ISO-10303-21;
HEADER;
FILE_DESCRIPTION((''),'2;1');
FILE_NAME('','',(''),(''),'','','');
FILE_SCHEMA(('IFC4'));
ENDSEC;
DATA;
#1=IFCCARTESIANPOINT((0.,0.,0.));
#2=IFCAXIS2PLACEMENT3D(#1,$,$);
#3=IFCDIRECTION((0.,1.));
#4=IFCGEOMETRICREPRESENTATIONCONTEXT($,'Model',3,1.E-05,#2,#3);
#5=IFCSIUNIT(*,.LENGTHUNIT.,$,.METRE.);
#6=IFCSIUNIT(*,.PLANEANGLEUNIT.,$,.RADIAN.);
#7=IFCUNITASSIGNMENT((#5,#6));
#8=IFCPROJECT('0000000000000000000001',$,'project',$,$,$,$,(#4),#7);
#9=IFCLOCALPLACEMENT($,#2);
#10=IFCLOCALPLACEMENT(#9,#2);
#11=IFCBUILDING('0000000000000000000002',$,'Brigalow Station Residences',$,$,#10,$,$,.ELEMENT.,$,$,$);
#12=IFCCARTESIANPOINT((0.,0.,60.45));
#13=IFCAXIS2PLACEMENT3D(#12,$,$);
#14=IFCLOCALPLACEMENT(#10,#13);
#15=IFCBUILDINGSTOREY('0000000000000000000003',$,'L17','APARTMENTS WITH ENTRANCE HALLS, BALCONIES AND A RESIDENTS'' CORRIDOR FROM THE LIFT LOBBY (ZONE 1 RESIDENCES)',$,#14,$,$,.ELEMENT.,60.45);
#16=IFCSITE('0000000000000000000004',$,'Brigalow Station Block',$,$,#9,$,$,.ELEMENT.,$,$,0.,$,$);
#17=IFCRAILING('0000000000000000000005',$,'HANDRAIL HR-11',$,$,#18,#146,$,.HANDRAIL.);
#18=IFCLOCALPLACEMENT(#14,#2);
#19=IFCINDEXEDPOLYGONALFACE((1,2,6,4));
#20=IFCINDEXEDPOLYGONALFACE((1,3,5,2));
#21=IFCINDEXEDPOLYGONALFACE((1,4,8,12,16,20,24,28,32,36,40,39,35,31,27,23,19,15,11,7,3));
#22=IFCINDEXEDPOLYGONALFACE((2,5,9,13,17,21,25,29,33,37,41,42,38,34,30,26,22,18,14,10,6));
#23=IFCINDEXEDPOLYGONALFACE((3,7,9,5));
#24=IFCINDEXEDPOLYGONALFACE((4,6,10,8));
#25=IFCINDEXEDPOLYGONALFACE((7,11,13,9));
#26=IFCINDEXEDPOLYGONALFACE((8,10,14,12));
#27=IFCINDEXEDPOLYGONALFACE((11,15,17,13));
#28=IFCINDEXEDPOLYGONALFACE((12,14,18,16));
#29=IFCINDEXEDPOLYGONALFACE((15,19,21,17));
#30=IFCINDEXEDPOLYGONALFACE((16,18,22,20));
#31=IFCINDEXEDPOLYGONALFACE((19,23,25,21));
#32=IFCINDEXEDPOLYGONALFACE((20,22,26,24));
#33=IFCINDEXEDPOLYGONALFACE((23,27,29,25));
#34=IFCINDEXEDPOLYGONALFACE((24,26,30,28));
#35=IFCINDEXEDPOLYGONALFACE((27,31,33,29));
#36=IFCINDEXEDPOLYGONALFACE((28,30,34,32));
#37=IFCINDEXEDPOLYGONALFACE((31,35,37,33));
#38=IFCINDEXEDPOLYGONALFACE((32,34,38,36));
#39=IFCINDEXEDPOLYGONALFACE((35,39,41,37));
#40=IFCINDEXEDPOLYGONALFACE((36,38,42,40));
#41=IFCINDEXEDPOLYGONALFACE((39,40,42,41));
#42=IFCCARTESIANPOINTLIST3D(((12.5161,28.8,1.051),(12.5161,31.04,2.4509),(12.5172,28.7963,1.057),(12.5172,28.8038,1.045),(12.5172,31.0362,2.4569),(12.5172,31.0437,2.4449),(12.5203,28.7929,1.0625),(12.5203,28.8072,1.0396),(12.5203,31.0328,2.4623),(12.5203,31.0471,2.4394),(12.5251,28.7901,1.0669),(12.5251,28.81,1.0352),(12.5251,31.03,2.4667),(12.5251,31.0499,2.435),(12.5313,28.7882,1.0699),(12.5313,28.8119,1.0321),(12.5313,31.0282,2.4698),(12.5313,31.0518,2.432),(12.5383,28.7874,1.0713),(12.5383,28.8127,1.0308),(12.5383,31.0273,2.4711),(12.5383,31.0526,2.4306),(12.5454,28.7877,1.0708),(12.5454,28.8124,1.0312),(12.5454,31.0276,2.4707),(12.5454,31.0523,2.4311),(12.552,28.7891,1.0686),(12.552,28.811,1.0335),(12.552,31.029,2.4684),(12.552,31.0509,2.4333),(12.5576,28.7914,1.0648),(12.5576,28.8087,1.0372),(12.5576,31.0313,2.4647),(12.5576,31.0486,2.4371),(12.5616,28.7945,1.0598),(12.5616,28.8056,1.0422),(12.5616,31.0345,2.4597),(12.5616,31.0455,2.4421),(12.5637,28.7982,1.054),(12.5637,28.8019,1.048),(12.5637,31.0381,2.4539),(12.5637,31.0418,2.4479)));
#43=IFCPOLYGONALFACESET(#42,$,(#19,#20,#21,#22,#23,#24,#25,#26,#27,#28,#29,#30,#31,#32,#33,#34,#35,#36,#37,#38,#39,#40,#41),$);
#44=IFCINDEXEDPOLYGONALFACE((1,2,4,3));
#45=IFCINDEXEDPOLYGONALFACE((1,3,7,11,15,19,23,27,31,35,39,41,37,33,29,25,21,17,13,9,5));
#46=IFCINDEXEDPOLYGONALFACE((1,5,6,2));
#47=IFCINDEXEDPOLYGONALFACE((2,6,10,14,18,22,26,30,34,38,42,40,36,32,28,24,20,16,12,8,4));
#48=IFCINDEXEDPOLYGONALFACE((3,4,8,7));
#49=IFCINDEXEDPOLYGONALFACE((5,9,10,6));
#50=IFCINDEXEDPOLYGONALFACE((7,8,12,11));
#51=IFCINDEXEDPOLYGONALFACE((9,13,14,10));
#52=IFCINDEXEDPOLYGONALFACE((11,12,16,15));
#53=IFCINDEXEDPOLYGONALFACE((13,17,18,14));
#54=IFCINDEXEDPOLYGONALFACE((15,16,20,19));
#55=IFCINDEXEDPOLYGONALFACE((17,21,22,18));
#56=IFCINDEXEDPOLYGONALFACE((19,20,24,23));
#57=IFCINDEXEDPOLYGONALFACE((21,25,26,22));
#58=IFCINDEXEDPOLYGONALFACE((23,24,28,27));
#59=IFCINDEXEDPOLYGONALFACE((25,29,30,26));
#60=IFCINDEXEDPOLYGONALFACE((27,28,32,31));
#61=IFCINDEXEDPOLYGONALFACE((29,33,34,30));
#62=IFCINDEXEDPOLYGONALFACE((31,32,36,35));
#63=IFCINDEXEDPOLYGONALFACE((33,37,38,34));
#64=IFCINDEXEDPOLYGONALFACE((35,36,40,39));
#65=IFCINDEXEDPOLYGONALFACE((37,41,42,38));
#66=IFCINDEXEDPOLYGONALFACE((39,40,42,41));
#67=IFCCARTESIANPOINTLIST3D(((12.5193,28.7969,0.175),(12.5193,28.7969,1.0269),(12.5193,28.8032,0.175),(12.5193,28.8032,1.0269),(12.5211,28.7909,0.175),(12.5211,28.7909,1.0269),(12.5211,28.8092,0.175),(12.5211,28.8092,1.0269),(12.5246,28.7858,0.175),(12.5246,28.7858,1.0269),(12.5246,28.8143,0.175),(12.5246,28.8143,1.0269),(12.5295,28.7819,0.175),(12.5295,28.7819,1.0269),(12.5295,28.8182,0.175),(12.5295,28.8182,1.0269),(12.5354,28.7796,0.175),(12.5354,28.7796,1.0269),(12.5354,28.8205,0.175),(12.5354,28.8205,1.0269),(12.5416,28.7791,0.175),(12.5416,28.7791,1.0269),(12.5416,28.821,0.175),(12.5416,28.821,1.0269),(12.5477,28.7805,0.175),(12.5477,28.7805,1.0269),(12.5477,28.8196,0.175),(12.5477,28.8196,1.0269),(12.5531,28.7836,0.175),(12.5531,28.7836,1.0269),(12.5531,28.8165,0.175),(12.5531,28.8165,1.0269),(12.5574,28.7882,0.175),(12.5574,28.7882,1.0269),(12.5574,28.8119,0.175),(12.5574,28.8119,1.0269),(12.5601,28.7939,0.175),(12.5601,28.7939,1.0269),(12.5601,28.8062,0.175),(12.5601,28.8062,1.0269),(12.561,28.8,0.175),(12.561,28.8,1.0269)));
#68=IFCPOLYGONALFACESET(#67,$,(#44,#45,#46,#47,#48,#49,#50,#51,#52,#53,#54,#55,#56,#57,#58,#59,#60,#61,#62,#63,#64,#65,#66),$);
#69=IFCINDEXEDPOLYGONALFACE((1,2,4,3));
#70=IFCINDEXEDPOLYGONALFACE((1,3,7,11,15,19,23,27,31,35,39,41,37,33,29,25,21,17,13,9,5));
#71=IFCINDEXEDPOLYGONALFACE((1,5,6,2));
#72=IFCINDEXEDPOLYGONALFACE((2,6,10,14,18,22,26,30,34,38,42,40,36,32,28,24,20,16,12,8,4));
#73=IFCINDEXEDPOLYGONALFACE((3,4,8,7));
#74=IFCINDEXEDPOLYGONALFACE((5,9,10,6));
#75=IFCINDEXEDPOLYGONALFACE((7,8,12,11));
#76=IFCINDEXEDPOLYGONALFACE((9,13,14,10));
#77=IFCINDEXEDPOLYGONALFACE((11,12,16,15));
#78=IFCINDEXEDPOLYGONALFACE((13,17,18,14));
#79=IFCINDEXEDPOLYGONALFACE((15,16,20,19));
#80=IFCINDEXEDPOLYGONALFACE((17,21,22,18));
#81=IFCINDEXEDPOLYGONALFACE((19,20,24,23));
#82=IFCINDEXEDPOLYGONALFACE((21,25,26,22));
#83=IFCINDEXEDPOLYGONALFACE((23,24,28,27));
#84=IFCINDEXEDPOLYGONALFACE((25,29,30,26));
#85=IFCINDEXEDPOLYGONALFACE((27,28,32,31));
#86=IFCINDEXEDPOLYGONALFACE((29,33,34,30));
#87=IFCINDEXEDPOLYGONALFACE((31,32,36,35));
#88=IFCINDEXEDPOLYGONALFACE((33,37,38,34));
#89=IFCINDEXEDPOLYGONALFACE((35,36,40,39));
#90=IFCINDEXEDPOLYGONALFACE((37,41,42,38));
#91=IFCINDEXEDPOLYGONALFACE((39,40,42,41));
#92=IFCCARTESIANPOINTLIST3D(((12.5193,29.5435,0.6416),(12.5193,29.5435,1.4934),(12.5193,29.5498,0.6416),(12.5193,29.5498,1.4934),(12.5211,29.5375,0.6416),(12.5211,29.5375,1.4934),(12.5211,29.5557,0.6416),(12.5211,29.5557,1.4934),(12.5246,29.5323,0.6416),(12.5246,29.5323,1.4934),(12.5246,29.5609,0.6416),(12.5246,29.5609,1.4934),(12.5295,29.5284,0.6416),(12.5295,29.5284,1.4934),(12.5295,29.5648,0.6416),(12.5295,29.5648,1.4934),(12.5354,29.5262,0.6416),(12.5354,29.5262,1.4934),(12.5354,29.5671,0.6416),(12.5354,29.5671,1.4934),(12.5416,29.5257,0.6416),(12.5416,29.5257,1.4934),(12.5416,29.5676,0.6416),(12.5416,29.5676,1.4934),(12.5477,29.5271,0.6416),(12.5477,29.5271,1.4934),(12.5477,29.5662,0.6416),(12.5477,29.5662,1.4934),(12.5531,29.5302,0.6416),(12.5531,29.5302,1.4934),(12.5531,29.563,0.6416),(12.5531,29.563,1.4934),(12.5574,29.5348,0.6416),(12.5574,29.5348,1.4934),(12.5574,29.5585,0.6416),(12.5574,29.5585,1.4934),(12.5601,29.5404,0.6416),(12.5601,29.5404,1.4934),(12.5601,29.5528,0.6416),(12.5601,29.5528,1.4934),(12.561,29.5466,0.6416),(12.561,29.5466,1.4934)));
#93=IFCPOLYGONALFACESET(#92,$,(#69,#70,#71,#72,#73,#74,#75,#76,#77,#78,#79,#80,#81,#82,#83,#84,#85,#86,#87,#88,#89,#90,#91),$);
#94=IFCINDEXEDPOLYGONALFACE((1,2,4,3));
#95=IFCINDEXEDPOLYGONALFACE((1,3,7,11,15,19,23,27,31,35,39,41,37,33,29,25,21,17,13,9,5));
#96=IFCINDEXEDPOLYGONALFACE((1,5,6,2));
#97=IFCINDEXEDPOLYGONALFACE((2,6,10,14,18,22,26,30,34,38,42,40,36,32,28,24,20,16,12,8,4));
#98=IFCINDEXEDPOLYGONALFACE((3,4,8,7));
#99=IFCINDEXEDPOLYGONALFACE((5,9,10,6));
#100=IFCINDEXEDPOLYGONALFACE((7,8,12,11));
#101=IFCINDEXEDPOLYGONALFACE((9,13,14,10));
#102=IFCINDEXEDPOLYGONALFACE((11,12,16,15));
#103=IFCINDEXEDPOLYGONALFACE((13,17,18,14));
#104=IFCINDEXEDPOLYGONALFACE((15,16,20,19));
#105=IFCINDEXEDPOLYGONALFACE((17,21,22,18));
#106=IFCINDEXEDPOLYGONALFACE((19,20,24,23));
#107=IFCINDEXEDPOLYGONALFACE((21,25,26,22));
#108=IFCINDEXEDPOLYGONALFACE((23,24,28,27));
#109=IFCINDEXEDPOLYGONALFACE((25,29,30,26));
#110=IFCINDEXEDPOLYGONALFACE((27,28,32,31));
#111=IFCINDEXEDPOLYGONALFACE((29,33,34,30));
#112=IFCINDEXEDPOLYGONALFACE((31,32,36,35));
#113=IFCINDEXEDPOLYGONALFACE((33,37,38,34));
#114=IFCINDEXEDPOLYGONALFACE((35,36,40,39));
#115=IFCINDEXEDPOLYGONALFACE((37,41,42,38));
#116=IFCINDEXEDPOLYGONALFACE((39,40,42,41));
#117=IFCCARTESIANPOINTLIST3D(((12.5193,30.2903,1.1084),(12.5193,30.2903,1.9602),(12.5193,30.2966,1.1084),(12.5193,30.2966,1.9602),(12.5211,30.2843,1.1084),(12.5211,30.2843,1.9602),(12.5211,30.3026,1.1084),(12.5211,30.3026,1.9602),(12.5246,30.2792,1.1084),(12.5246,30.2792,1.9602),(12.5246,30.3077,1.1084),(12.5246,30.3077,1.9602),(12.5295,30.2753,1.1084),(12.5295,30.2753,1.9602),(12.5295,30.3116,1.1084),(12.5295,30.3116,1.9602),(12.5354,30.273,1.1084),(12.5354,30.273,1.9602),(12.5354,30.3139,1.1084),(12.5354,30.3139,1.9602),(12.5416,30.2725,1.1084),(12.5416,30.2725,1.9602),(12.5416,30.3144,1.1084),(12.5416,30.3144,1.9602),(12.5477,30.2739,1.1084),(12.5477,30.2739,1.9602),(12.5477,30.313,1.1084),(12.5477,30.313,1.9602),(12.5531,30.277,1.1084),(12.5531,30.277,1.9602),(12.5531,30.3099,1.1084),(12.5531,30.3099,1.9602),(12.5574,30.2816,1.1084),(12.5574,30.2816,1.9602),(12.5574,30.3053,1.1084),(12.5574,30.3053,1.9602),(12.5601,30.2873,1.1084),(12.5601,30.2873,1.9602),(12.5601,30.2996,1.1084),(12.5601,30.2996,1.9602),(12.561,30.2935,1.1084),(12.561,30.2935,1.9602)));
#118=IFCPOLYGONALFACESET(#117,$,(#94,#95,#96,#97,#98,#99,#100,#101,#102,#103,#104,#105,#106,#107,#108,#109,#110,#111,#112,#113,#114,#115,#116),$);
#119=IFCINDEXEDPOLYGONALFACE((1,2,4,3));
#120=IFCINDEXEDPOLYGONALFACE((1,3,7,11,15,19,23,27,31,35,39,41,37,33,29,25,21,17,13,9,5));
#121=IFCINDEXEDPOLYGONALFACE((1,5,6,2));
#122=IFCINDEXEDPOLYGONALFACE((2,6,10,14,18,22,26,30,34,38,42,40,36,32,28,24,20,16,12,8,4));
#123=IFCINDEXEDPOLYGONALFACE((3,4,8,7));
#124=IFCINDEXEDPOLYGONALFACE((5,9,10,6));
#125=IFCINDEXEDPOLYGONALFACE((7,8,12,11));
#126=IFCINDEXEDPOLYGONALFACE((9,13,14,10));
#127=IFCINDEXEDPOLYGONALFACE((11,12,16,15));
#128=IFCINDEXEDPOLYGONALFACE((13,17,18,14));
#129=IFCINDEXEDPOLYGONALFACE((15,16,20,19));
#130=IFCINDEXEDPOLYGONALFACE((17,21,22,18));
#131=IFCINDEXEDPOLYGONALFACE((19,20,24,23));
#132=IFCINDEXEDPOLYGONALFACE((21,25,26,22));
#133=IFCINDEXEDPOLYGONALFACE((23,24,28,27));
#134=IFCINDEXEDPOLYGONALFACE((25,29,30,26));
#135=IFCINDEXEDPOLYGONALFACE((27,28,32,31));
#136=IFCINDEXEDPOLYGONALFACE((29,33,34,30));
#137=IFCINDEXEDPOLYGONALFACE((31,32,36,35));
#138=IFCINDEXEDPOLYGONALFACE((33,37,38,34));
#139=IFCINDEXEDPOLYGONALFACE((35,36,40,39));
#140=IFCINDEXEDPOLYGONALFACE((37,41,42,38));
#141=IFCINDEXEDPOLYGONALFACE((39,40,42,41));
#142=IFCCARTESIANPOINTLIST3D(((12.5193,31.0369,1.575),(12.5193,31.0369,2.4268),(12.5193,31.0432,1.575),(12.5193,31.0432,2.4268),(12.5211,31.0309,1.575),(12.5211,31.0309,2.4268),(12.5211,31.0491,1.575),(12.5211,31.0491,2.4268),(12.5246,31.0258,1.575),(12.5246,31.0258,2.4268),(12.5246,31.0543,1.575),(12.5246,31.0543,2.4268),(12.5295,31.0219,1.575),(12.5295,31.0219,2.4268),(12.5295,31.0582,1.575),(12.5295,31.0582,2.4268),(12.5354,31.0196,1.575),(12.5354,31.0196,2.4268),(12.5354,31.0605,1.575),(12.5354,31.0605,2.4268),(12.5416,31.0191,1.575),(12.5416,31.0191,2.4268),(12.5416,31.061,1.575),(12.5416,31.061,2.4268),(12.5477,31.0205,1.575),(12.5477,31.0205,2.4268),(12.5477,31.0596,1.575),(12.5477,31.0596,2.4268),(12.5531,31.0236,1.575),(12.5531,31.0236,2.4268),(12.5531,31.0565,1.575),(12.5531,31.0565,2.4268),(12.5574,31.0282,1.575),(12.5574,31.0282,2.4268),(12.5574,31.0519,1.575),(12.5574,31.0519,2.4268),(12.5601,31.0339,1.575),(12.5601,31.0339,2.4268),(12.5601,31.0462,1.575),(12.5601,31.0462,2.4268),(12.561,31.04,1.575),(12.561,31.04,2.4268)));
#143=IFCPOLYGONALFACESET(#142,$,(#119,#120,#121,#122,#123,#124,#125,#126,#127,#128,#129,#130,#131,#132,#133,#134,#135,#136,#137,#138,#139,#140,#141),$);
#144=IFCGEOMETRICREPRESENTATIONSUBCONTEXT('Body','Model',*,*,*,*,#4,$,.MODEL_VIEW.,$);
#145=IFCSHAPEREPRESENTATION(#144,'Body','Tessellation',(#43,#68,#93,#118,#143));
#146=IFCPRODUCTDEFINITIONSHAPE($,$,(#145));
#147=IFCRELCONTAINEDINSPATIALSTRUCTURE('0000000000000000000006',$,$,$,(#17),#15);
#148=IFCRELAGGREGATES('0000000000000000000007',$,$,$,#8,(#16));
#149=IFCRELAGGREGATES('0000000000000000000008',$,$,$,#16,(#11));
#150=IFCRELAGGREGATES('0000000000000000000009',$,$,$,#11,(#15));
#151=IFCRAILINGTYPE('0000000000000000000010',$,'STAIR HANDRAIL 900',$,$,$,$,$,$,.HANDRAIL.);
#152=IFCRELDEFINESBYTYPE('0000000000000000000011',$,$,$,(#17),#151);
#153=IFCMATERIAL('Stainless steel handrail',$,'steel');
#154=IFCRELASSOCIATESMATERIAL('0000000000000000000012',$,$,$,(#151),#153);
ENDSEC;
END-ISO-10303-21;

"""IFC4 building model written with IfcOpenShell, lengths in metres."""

from ifc_helpers import new_model, si_unit, direction, frame, origin, origin_2d, place, context, subcontext, project, spatial, circle, extrude, material, type_object, element, save


model = new_model("IFC4")

# Units and contexts
model_context = context("Model", 3, precision=1e-05, world=origin(), true_north=direction((0.0, 1.0)))
body_context = subcontext(model_context, "Body", "Model", "MODEL_VIEW")
ifc_project = project(units=[si_unit("LENGTHUNIT", "METRE"), si_unit("PLANEANGLEUNIT", "RADIAN")], contexts=[model_context])

# Site, building, storey
site_placement = place(None, origin())
site = spatial("IfcSite", under=ifc_project, at=site_placement, Name="Brigalow Station Block", CompositionType="ELEMENT", RefElevation=0.0)
building_placement = place(site_placement, origin())
building = spatial("IfcBuilding", under=site, at=building_placement, Name="Brigalow Station Residences", CompositionType="ELEMENT")
storey_placement = place(building_placement, frame((0.0, 0.0, 60.45)))
storey = spatial("IfcBuildingStorey", under=building, at=storey_placement, Name="L17", Description="APARTMENTS WITH ENTRANCE HALLS, BALCONIES AND A RESIDENTS' CORRIDOR FROM THE LIFT LOBBY (ZONE 1 RESIDENCES)", CompositionType="ELEMENT", Elevation=60.45)

# Railing
ifc_material_1 = material(Name="Stainless steel handrail", Category="steel")
railing_type = type_object("IfcRailingType", Name="STAIR HANDRAIL 900", PredefinedType="HANDRAIL", material=ifc_material_1)
railing_placement = place(storey_placement, frame((12.54, 28.8, 0.175)))
element("IfcRailing", 1, at=railing_placement, inside=storey, type_object=railing_type, Name="HANDRAIL HR-11", PredefinedType="HANDRAIL", context=body_context, shape_type="SweptSolid", body=[
    extrude(circle(Radius=0.0239, at=origin_2d()), frame((0.0, 0.0, 0.876), z_axis=(0.0, 0.848014, 0.529974), x_axis=(-1.0, 0.0, 0.0)), (0.0, 0.0, 1.0), 2.6414),
    extrude(circle(Radius=0.021, at=origin_2d()), origin(), (0.0, 0.0, 1.0), 0.8518),
    extrude(circle(Radius=0.021, at=origin_2d()), frame((0.0, 0.7466, 0.4666)), (0.0, 0.0, 1.0), 0.8518),
    extrude(circle(Radius=0.021, at=origin_2d()), frame((0.0, 1.4934, 0.9333)), (0.0, 0.0, 1.0), 0.8518),
    extrude(circle(Radius=0.021, at=origin_2d()), frame((0.0, 2.24, 1.3999)), (0.0, 0.0, 1.0), 0.8518),
])

save(model, "model.ifc")
